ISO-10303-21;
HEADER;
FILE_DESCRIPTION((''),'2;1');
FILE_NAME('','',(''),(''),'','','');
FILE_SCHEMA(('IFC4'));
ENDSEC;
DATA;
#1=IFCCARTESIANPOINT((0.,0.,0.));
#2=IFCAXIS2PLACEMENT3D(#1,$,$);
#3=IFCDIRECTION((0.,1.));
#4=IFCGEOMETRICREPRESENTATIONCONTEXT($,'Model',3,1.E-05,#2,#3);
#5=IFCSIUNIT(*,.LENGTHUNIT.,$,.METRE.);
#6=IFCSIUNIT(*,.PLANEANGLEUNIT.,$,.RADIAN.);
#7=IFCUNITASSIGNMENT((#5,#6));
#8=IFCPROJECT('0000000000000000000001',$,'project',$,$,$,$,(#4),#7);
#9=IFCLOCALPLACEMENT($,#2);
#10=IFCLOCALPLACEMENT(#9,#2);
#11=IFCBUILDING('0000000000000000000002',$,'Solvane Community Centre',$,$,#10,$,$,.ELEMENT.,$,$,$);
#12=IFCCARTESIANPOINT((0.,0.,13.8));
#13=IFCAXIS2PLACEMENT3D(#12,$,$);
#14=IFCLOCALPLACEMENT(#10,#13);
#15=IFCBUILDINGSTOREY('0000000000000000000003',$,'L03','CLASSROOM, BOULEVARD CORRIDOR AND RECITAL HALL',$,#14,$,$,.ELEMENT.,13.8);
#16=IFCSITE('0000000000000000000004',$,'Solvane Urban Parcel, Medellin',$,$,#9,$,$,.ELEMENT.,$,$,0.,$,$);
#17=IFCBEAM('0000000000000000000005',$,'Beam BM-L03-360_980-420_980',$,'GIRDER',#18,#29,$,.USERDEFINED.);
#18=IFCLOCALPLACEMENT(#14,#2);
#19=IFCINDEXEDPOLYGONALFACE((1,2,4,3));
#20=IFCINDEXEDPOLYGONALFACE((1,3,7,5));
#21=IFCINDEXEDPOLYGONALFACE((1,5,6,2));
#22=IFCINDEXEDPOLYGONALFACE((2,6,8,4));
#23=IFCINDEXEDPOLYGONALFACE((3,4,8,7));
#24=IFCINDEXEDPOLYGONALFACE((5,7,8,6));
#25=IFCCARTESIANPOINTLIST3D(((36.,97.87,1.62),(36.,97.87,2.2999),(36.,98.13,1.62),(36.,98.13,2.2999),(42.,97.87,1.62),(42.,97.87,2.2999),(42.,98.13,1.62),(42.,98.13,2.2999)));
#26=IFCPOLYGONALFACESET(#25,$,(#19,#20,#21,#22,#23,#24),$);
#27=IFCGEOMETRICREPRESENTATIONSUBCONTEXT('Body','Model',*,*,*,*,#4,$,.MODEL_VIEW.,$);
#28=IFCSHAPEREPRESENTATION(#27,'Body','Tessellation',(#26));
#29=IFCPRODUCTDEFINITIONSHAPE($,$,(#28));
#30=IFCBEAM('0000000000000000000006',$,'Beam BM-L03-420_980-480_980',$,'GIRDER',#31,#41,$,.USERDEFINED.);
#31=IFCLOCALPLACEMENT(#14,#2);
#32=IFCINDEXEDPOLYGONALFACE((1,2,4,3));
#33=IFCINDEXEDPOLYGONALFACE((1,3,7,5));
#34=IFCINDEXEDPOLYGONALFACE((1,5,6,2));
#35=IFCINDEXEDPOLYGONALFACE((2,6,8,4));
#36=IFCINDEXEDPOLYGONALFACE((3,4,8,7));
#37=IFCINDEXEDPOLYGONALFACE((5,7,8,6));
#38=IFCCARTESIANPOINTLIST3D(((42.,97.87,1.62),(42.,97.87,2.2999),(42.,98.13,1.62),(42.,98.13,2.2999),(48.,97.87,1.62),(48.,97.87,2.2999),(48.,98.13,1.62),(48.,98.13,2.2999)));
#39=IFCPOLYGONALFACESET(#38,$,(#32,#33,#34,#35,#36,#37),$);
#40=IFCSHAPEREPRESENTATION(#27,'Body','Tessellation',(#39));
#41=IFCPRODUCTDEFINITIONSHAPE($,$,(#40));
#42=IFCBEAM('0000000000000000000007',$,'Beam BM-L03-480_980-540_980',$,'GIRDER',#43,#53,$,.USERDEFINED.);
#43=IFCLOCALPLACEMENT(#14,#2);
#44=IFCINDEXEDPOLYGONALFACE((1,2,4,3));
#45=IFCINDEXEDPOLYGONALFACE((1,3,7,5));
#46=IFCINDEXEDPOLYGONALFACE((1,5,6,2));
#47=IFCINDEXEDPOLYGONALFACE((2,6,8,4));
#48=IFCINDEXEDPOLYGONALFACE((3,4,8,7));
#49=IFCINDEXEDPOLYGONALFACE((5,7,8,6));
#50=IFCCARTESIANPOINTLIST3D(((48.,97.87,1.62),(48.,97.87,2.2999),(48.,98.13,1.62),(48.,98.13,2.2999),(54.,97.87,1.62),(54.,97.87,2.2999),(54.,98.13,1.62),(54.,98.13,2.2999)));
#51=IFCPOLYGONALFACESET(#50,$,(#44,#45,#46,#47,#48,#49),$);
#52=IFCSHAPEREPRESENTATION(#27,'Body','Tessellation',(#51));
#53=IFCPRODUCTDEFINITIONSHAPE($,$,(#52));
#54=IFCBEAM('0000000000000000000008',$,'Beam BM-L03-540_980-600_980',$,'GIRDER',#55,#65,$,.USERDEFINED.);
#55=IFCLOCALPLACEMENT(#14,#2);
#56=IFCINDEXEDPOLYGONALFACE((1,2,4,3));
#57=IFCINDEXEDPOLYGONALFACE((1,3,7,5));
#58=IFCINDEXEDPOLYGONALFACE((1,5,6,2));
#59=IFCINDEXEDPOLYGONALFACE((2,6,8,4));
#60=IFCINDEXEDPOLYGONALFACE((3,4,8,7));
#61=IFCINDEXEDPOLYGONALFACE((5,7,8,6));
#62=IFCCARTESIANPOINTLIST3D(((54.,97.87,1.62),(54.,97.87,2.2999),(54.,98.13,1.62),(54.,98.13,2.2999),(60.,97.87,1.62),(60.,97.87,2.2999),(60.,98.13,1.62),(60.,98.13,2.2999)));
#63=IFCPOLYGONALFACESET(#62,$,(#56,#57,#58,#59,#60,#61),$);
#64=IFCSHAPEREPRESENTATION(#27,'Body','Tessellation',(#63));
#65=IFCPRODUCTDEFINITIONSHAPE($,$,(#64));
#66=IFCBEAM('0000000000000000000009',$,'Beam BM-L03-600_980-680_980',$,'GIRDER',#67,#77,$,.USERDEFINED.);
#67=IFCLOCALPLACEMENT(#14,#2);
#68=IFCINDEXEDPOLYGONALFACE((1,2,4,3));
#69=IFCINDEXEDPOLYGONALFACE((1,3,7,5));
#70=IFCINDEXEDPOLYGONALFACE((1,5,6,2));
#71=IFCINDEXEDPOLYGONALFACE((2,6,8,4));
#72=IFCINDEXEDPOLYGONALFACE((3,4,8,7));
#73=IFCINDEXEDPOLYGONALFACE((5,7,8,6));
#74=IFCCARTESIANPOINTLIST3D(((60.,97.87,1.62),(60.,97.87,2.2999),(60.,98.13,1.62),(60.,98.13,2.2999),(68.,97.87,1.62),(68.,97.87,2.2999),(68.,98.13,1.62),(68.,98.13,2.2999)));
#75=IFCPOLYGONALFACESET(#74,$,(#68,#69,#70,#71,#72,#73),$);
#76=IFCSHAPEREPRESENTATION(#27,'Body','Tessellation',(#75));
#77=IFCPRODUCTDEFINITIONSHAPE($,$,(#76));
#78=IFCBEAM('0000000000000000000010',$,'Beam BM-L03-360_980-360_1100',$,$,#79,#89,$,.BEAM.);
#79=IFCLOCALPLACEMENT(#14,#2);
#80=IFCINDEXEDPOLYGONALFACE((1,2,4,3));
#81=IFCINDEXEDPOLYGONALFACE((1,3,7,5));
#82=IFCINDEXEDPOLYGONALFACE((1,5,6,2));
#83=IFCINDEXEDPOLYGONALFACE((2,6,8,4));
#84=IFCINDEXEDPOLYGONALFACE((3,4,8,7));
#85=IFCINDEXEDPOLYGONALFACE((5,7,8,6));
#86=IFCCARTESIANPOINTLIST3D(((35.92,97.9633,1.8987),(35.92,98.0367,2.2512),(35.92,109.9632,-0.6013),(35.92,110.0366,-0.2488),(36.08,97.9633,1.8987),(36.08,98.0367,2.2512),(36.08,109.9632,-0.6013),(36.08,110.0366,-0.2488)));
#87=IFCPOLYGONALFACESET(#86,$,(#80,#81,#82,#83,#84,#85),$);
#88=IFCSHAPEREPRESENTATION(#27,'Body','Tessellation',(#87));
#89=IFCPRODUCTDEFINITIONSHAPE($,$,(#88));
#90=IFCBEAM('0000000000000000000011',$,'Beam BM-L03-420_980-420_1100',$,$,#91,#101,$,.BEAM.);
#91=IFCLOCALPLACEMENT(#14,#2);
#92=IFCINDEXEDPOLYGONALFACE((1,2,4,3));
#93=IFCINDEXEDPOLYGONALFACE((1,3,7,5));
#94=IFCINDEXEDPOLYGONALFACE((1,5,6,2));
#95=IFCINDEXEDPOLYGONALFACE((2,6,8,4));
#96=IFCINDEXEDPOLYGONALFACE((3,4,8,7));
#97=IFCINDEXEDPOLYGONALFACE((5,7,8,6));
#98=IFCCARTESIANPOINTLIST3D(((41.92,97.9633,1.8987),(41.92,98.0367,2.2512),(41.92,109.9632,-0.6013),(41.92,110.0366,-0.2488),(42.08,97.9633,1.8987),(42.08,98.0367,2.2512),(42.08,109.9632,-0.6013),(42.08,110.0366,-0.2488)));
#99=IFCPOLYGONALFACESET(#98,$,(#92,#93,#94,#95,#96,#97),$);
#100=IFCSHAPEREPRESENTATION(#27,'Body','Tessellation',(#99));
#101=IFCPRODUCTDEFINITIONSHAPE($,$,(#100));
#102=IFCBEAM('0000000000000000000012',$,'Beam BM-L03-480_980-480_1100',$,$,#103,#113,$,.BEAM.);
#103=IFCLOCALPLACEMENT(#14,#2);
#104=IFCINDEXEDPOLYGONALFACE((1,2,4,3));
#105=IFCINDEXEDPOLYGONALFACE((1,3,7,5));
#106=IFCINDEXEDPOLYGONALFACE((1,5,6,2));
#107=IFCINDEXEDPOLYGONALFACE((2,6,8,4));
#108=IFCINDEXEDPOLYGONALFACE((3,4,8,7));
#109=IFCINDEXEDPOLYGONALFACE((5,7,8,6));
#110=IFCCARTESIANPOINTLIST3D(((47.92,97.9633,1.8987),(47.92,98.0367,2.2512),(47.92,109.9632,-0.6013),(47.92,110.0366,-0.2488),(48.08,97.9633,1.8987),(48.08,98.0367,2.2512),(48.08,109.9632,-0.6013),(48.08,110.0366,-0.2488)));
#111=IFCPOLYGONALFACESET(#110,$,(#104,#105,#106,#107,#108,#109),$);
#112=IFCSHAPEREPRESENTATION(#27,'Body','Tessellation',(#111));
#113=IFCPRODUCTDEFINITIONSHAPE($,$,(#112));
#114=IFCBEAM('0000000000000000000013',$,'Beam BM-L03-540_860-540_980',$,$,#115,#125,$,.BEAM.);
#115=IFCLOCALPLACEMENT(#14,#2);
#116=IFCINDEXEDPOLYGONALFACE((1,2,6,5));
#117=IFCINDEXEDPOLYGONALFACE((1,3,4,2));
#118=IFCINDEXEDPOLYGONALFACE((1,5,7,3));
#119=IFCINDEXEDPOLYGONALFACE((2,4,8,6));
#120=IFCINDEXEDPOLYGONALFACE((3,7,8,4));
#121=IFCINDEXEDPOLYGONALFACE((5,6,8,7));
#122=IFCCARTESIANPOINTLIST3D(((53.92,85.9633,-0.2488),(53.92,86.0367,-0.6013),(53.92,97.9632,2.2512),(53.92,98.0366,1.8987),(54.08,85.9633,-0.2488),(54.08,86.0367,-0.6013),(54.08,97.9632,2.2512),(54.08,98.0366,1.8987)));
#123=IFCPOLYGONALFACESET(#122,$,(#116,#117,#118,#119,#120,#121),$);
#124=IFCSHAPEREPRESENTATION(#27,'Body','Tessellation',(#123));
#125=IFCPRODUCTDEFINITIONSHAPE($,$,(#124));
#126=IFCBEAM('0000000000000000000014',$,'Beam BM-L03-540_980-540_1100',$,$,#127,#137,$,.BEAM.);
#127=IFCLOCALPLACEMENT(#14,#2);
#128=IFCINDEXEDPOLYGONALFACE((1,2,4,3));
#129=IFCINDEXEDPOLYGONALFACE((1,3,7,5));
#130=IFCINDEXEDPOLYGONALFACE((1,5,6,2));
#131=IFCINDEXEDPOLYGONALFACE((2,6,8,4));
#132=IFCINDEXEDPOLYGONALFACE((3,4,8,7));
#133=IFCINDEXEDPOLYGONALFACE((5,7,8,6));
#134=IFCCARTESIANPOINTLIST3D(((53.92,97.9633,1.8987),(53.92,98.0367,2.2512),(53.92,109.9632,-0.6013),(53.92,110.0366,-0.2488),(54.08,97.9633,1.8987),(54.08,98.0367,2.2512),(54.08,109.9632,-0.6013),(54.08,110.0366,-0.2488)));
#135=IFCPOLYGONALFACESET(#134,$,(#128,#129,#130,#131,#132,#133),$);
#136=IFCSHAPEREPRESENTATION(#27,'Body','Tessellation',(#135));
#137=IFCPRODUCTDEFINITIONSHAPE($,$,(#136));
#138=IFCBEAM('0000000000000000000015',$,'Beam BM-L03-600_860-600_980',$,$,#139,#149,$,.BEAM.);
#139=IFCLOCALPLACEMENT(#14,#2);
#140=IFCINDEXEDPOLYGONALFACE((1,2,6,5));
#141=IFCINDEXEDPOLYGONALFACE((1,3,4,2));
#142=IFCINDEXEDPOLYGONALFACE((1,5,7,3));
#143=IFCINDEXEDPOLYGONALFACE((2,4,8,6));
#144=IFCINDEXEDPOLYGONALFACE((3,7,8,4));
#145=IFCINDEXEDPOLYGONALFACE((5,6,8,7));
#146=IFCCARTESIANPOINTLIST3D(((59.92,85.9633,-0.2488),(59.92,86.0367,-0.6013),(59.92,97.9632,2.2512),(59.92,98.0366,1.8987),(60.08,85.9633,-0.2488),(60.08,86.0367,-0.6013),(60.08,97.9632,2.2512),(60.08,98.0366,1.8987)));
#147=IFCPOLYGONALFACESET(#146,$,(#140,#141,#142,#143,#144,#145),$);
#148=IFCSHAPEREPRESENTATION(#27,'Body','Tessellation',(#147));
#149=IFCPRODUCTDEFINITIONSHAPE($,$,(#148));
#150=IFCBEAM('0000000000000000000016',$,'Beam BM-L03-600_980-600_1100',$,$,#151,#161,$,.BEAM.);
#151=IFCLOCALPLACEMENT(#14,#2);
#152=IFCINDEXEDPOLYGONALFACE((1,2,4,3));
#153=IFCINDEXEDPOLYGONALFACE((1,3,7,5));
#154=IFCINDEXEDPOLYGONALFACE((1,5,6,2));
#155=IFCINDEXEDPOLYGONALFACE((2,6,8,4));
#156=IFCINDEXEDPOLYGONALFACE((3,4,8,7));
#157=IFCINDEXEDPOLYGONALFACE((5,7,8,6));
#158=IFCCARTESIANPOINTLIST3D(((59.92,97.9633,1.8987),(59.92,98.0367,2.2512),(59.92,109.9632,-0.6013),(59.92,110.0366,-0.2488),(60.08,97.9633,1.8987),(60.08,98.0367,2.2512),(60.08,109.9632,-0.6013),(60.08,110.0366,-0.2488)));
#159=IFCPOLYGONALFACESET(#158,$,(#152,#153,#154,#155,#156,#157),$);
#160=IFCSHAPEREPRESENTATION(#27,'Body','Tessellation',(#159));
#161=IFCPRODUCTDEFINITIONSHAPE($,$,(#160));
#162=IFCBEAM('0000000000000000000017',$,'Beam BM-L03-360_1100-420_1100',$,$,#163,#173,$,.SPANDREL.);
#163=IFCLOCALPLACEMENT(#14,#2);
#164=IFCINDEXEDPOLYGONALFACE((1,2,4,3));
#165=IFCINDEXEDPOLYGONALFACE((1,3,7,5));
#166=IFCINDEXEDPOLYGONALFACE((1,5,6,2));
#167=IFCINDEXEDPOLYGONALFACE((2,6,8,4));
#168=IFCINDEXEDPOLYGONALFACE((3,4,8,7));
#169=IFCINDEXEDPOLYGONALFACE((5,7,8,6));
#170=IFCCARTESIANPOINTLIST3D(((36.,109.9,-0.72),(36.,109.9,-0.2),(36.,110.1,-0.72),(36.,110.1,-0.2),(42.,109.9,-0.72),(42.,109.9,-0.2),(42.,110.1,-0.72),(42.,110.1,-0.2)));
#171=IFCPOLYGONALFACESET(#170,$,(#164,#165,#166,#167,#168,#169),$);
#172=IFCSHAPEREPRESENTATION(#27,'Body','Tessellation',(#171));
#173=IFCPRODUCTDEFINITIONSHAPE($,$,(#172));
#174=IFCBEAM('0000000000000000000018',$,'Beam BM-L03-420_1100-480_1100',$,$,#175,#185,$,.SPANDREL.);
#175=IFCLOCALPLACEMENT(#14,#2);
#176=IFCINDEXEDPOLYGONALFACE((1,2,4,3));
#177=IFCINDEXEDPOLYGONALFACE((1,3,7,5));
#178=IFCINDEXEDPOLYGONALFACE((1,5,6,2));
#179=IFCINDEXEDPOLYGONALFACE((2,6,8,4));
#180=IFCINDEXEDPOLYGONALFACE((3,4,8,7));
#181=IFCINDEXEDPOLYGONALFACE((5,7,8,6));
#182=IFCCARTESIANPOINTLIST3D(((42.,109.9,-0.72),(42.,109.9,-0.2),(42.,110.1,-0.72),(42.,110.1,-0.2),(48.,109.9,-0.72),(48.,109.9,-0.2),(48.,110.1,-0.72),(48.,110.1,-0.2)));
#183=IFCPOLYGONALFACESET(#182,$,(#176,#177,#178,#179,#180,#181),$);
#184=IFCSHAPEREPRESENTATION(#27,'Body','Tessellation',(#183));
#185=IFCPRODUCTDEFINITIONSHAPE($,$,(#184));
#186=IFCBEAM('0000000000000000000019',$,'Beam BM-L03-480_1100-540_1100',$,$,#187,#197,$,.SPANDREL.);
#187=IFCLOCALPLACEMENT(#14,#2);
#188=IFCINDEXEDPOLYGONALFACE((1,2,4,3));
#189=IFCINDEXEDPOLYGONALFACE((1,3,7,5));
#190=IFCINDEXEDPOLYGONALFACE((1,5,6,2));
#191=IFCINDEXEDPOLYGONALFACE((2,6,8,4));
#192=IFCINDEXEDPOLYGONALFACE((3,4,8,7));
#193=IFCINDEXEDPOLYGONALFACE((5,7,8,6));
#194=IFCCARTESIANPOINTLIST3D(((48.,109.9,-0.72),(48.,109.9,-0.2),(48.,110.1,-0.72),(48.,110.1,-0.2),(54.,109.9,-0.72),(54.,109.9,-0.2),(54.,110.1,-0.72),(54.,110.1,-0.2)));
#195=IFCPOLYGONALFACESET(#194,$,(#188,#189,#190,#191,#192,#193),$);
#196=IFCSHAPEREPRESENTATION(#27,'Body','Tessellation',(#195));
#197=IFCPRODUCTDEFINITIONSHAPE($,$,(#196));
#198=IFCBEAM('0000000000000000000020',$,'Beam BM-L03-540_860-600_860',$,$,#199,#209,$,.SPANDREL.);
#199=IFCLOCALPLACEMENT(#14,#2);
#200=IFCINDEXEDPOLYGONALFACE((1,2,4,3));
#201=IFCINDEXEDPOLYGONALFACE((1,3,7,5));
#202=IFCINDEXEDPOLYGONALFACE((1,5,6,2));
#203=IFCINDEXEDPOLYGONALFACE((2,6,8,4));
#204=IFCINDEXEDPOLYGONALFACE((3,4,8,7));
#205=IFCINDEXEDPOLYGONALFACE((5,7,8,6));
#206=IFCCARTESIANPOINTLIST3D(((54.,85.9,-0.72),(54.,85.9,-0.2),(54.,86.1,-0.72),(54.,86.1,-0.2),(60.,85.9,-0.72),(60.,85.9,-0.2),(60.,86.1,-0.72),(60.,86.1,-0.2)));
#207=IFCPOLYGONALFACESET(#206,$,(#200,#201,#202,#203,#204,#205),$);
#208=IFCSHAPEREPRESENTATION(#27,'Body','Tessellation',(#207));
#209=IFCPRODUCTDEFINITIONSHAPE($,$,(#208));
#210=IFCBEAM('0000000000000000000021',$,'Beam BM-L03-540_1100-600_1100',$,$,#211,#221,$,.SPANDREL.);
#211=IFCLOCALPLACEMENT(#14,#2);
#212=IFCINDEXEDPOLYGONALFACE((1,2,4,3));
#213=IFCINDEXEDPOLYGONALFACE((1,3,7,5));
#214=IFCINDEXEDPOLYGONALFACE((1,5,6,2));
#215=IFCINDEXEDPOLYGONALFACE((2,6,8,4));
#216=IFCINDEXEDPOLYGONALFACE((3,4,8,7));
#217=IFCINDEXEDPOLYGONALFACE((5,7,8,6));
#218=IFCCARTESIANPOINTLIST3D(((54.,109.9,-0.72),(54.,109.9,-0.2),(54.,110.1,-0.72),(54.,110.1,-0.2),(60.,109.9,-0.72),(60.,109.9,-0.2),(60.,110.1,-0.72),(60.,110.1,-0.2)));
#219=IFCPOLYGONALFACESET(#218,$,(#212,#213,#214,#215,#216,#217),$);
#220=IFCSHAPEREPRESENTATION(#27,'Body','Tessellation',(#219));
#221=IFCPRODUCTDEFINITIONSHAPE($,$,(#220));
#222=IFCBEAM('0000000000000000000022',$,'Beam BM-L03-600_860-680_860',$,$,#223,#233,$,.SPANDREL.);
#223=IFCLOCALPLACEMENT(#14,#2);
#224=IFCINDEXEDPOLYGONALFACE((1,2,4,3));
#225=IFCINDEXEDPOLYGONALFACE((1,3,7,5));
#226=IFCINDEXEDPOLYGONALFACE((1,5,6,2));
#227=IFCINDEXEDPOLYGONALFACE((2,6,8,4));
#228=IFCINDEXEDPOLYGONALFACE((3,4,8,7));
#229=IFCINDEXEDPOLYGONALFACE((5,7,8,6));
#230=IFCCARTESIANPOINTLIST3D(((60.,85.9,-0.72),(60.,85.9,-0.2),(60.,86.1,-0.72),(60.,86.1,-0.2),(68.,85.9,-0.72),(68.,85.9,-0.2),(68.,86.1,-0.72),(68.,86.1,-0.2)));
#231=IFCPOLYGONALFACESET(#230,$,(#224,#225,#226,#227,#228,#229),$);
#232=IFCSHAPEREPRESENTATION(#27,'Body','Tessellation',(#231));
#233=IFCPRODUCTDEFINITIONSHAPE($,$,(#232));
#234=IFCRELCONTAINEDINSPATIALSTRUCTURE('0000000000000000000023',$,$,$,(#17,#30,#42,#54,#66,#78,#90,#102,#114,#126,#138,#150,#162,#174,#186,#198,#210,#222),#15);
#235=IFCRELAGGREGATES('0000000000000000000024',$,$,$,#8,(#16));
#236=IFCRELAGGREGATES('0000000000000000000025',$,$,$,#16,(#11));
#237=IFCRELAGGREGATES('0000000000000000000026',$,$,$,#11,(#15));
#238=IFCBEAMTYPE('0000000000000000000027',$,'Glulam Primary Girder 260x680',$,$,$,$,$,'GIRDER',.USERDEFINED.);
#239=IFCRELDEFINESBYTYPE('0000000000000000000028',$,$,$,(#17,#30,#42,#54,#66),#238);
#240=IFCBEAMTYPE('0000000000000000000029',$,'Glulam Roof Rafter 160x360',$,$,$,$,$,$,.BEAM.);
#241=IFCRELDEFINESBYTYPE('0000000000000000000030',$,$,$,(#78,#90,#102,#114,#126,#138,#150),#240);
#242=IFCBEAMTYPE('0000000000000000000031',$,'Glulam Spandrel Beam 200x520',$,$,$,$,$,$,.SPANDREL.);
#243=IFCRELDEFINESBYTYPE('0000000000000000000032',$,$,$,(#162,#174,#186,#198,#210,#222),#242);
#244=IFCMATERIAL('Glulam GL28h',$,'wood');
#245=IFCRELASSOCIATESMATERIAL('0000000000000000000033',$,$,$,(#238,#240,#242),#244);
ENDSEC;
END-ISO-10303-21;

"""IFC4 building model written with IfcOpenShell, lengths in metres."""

from ifc_helpers import new_model, si_unit, direction, frame, origin, origin_2d, place, context, subcontext, project, spatial, rectangle, extrude, material, material_profile, profile_set, type_object, element, save


model = new_model("IFC4")

# Units and contexts
model_context = context("Model", 3, precision=1e-05, world=origin(), true_north=direction((0.0, 1.0)))
body_context = subcontext(model_context, "Body", "Model", "MODEL_VIEW")
ifc_project = project(units=[si_unit("LENGTHUNIT", "METRE"), si_unit("PLANEANGLEUNIT", "RADIAN")], contexts=[model_context])

# Site, building, storey
site_placement = place(None, origin())
site = spatial("IfcSite", under=ifc_project, at=site_placement, Name="Solvane Urban Parcel, Medellin", CompositionType="ELEMENT", RefElevation=0.0)
building_placement = place(site_placement, origin())
building = spatial("IfcBuilding", under=site, at=building_placement, Name="Solvane Community Centre", CompositionType="ELEMENT")
storey_placement = place(building_placement, frame((0.0, 0.0, 13.8)))
storey = spatial("IfcBuildingStorey", under=building, at=storey_placement, Name="L03", Description="CLASSROOM, BOULEVARD CORRIDOR AND RECITAL HALL", CompositionType="ELEMENT", Elevation=13.8)

# Beams
ifc_material_1 = material(Name="Glulam GL28h", Category="wood")
ifc_material_profile_1 = material_profile(ifc_material_1, rectangle(XDim=0.26, YDim=0.6799, at=origin_2d()), Name="GL28h 260x680")
ifc_profile_set_1 = profile_set([ifc_material_profile_1], Name="Glulam GL28h")
beam_type_1 = type_object("IfcBeamType", Name="Glulam Primary Girder 260x680", ElementType="GIRDER", PredefinedType="USERDEFINED", material=ifc_profile_set_1)
for number, where, z_axis, x_axis, name in (
    (1, (36.0, 98.0, 1.96), (1.0, 0.0, 0.0), (0.0, 1.0, 0.0), "Beam BM-L03-360_980-420_980"),
    (2, (42.0, 98.0, 1.96), (1.0, 0.0, 0.0), (0.0, 1.0, 0.0), "Beam BM-L03-420_980-480_980"),
    (3, (48.0, 98.0, 1.96), (1.0, 0.0, 0.0), (0.0, 1.0, 0.0), "Beam BM-L03-480_980-540_980"),
    (4, (54.0, 98.0, 1.96), (1.0, 0.0, 0.0), (0.0, 1.0, 0.0), "Beam BM-L03-540_980-600_980"),
):
    element("IfcBeam", number, at=place(storey_placement, frame(where, z_axis=z_axis, x_axis=x_axis)), inside=storey, type_object=beam_type_1, Name=name, ObjectType="GIRDER", PredefinedType="USERDEFINED", context=body_context, shape_type="SweptSolid", body=[
        extrude(rectangle(XDim=0.26, YDim=0.6799, at=origin_2d()), origin(), (0.0, 0.0, 1.0), 6.0),
    ])
beam_placement = place(storey_placement, frame((60.0, 98.0, 1.96), z_axis=(1.0, 0.0, 0.0), x_axis=(0.0, 1.0, 0.0)))
element("IfcBeam", 5, at=beam_placement, inside=storey, type_object=beam_type_1, Name="Beam BM-L03-600_980-680_980", ObjectType="GIRDER", PredefinedType="USERDEFINED", context=body_context, shape_type="SweptSolid", body=[
    extrude(rectangle(XDim=0.26, YDim=0.6799, at=origin_2d()), origin(), (0.0, 0.0, 1.0), 8.0),
])
ifc_material_profile_2 = material_profile(ifc_material_1, rectangle(XDim=0.1599, YDim=0.3601, at=origin_2d()), Name="GL28h 160x360")
ifc_profile_set_2 = profile_set([ifc_material_profile_2], Name="Glulam GL28h")
beam_type_2 = type_object("IfcBeamType", Name="Glulam Roof Rafter 160x360", PredefinedType="BEAM", material=ifc_profile_set_2)
for number, where, z_axis, x_axis, name in (
    (6, (36.0, 98.0, 2.075), (0.0, 0.97898, -0.203954), (-1.0, 0.0, 0.0), "Beam BM-L03-360_980-360_1100"),
    (7, (42.0, 98.0, 2.075), (0.0, 0.97898, -0.203954), (-1.0, 0.0, 0.0), "Beam BM-L03-420_980-420_1100"),
    (8, (48.0, 98.0, 2.075), (0.0, 0.97898, -0.203954), (-1.0, 0.0, 0.0), "Beam BM-L03-480_980-480_1100"),
    (9, (54.0, 86.0, -0.425), (0.0, 0.97898, 0.203954), (-1.0, 0.0, 0.0), "Beam BM-L03-540_860-540_980"),
    (10, (54.0, 98.0, 2.075), (0.0, 0.97898, -0.203954), (-1.0, 0.0, 0.0), "Beam BM-L03-540_980-540_1100"),
    (11, (60.0, 86.0, -0.425), (0.0, 0.97898, 0.203954), (-1.0, 0.0, 0.0), "Beam BM-L03-600_860-600_980"),
    (12, (60.0, 98.0, 2.075), (0.0, 0.97898, -0.203954), (-1.0, 0.0, 0.0), "Beam BM-L03-600_980-600_1100"),
):
    element("IfcBeam", number, at=place(storey_placement, frame(where, z_axis=z_axis, x_axis=x_axis)), inside=storey, type_object=beam_type_2, Name=name, PredefinedType="BEAM", context=body_context, shape_type="SweptSolid", body=[
        extrude(rectangle(XDim=0.1599, YDim=0.3601, at=origin_2d()), origin(), (0.0, 0.0, 1.0), 12.2576),
    ])
ifc_material_profile_3 = material_profile(ifc_material_1, rectangle(XDim=0.2, YDim=0.52, at=origin_2d()), Name="GL28h 200x520")
ifc_profile_set_3 = profile_set([ifc_material_profile_3], Name="Glulam GL28h")
beam_type_3 = type_object("IfcBeamType", Name="Glulam Spandrel Beam 200x520", PredefinedType="SPANDREL", material=ifc_profile_set_3)
for number, where, z_axis, x_axis, name in (
    (13, (36.0, 110.0, -0.46), (1.0, 0.0, 0.0), (0.0, 1.0, 0.0), "Beam BM-L03-360_1100-420_1100"),
    (14, (42.0, 110.0, -0.46), (1.0, 0.0, 0.0), (0.0, 1.0, 0.0), "Beam BM-L03-420_1100-480_1100"),
    (15, (48.0, 110.0, -0.46), (1.0, 0.0, 0.0), (0.0, 1.0, 0.0), "Beam BM-L03-480_1100-540_1100"),
    (16, (54.0, 86.0, -0.46), (1.0, 0.0, 0.0), (0.0, 1.0, 0.0), "Beam BM-L03-540_860-600_860"),
    (17, (54.0, 110.0, -0.46), (1.0, 0.0, 0.0), (0.0, 1.0, 0.0), "Beam BM-L03-540_1100-600_1100"),
):
    element("IfcBeam", number, at=place(storey_placement, frame(where, z_axis=z_axis, x_axis=x_axis)), inside=storey, type_object=beam_type_3, Name=name, PredefinedType="SPANDREL", context=body_context, shape_type="SweptSolid", body=[
        extrude(rectangle(XDim=0.2, YDim=0.52, at=origin_2d()), origin(), (0.0, 0.0, 1.0), 6.0),
    ])
for number, where, z_axis, x_axis, name in (
    (18, (60.0, 86.0, -0.46), (1.0, 0.0, 0.0), (0.0, 1.0, 0.0), "Beam BM-L03-600_860-680_860"),
):
    element("IfcBeam", number, at=place(storey_placement, frame(where, z_axis=z_axis, x_axis=x_axis)), inside=storey, type_object=beam_type_3, Name=name, PredefinedType="SPANDREL", context=body_context, shape_type="SweptSolid", body=[
        extrude(rectangle(XDim=0.2, YDim=0.52, at=origin_2d()), origin(), (0.0, 0.0, 1.0), 8.0),
    ])

save(model, "model.ifc")
